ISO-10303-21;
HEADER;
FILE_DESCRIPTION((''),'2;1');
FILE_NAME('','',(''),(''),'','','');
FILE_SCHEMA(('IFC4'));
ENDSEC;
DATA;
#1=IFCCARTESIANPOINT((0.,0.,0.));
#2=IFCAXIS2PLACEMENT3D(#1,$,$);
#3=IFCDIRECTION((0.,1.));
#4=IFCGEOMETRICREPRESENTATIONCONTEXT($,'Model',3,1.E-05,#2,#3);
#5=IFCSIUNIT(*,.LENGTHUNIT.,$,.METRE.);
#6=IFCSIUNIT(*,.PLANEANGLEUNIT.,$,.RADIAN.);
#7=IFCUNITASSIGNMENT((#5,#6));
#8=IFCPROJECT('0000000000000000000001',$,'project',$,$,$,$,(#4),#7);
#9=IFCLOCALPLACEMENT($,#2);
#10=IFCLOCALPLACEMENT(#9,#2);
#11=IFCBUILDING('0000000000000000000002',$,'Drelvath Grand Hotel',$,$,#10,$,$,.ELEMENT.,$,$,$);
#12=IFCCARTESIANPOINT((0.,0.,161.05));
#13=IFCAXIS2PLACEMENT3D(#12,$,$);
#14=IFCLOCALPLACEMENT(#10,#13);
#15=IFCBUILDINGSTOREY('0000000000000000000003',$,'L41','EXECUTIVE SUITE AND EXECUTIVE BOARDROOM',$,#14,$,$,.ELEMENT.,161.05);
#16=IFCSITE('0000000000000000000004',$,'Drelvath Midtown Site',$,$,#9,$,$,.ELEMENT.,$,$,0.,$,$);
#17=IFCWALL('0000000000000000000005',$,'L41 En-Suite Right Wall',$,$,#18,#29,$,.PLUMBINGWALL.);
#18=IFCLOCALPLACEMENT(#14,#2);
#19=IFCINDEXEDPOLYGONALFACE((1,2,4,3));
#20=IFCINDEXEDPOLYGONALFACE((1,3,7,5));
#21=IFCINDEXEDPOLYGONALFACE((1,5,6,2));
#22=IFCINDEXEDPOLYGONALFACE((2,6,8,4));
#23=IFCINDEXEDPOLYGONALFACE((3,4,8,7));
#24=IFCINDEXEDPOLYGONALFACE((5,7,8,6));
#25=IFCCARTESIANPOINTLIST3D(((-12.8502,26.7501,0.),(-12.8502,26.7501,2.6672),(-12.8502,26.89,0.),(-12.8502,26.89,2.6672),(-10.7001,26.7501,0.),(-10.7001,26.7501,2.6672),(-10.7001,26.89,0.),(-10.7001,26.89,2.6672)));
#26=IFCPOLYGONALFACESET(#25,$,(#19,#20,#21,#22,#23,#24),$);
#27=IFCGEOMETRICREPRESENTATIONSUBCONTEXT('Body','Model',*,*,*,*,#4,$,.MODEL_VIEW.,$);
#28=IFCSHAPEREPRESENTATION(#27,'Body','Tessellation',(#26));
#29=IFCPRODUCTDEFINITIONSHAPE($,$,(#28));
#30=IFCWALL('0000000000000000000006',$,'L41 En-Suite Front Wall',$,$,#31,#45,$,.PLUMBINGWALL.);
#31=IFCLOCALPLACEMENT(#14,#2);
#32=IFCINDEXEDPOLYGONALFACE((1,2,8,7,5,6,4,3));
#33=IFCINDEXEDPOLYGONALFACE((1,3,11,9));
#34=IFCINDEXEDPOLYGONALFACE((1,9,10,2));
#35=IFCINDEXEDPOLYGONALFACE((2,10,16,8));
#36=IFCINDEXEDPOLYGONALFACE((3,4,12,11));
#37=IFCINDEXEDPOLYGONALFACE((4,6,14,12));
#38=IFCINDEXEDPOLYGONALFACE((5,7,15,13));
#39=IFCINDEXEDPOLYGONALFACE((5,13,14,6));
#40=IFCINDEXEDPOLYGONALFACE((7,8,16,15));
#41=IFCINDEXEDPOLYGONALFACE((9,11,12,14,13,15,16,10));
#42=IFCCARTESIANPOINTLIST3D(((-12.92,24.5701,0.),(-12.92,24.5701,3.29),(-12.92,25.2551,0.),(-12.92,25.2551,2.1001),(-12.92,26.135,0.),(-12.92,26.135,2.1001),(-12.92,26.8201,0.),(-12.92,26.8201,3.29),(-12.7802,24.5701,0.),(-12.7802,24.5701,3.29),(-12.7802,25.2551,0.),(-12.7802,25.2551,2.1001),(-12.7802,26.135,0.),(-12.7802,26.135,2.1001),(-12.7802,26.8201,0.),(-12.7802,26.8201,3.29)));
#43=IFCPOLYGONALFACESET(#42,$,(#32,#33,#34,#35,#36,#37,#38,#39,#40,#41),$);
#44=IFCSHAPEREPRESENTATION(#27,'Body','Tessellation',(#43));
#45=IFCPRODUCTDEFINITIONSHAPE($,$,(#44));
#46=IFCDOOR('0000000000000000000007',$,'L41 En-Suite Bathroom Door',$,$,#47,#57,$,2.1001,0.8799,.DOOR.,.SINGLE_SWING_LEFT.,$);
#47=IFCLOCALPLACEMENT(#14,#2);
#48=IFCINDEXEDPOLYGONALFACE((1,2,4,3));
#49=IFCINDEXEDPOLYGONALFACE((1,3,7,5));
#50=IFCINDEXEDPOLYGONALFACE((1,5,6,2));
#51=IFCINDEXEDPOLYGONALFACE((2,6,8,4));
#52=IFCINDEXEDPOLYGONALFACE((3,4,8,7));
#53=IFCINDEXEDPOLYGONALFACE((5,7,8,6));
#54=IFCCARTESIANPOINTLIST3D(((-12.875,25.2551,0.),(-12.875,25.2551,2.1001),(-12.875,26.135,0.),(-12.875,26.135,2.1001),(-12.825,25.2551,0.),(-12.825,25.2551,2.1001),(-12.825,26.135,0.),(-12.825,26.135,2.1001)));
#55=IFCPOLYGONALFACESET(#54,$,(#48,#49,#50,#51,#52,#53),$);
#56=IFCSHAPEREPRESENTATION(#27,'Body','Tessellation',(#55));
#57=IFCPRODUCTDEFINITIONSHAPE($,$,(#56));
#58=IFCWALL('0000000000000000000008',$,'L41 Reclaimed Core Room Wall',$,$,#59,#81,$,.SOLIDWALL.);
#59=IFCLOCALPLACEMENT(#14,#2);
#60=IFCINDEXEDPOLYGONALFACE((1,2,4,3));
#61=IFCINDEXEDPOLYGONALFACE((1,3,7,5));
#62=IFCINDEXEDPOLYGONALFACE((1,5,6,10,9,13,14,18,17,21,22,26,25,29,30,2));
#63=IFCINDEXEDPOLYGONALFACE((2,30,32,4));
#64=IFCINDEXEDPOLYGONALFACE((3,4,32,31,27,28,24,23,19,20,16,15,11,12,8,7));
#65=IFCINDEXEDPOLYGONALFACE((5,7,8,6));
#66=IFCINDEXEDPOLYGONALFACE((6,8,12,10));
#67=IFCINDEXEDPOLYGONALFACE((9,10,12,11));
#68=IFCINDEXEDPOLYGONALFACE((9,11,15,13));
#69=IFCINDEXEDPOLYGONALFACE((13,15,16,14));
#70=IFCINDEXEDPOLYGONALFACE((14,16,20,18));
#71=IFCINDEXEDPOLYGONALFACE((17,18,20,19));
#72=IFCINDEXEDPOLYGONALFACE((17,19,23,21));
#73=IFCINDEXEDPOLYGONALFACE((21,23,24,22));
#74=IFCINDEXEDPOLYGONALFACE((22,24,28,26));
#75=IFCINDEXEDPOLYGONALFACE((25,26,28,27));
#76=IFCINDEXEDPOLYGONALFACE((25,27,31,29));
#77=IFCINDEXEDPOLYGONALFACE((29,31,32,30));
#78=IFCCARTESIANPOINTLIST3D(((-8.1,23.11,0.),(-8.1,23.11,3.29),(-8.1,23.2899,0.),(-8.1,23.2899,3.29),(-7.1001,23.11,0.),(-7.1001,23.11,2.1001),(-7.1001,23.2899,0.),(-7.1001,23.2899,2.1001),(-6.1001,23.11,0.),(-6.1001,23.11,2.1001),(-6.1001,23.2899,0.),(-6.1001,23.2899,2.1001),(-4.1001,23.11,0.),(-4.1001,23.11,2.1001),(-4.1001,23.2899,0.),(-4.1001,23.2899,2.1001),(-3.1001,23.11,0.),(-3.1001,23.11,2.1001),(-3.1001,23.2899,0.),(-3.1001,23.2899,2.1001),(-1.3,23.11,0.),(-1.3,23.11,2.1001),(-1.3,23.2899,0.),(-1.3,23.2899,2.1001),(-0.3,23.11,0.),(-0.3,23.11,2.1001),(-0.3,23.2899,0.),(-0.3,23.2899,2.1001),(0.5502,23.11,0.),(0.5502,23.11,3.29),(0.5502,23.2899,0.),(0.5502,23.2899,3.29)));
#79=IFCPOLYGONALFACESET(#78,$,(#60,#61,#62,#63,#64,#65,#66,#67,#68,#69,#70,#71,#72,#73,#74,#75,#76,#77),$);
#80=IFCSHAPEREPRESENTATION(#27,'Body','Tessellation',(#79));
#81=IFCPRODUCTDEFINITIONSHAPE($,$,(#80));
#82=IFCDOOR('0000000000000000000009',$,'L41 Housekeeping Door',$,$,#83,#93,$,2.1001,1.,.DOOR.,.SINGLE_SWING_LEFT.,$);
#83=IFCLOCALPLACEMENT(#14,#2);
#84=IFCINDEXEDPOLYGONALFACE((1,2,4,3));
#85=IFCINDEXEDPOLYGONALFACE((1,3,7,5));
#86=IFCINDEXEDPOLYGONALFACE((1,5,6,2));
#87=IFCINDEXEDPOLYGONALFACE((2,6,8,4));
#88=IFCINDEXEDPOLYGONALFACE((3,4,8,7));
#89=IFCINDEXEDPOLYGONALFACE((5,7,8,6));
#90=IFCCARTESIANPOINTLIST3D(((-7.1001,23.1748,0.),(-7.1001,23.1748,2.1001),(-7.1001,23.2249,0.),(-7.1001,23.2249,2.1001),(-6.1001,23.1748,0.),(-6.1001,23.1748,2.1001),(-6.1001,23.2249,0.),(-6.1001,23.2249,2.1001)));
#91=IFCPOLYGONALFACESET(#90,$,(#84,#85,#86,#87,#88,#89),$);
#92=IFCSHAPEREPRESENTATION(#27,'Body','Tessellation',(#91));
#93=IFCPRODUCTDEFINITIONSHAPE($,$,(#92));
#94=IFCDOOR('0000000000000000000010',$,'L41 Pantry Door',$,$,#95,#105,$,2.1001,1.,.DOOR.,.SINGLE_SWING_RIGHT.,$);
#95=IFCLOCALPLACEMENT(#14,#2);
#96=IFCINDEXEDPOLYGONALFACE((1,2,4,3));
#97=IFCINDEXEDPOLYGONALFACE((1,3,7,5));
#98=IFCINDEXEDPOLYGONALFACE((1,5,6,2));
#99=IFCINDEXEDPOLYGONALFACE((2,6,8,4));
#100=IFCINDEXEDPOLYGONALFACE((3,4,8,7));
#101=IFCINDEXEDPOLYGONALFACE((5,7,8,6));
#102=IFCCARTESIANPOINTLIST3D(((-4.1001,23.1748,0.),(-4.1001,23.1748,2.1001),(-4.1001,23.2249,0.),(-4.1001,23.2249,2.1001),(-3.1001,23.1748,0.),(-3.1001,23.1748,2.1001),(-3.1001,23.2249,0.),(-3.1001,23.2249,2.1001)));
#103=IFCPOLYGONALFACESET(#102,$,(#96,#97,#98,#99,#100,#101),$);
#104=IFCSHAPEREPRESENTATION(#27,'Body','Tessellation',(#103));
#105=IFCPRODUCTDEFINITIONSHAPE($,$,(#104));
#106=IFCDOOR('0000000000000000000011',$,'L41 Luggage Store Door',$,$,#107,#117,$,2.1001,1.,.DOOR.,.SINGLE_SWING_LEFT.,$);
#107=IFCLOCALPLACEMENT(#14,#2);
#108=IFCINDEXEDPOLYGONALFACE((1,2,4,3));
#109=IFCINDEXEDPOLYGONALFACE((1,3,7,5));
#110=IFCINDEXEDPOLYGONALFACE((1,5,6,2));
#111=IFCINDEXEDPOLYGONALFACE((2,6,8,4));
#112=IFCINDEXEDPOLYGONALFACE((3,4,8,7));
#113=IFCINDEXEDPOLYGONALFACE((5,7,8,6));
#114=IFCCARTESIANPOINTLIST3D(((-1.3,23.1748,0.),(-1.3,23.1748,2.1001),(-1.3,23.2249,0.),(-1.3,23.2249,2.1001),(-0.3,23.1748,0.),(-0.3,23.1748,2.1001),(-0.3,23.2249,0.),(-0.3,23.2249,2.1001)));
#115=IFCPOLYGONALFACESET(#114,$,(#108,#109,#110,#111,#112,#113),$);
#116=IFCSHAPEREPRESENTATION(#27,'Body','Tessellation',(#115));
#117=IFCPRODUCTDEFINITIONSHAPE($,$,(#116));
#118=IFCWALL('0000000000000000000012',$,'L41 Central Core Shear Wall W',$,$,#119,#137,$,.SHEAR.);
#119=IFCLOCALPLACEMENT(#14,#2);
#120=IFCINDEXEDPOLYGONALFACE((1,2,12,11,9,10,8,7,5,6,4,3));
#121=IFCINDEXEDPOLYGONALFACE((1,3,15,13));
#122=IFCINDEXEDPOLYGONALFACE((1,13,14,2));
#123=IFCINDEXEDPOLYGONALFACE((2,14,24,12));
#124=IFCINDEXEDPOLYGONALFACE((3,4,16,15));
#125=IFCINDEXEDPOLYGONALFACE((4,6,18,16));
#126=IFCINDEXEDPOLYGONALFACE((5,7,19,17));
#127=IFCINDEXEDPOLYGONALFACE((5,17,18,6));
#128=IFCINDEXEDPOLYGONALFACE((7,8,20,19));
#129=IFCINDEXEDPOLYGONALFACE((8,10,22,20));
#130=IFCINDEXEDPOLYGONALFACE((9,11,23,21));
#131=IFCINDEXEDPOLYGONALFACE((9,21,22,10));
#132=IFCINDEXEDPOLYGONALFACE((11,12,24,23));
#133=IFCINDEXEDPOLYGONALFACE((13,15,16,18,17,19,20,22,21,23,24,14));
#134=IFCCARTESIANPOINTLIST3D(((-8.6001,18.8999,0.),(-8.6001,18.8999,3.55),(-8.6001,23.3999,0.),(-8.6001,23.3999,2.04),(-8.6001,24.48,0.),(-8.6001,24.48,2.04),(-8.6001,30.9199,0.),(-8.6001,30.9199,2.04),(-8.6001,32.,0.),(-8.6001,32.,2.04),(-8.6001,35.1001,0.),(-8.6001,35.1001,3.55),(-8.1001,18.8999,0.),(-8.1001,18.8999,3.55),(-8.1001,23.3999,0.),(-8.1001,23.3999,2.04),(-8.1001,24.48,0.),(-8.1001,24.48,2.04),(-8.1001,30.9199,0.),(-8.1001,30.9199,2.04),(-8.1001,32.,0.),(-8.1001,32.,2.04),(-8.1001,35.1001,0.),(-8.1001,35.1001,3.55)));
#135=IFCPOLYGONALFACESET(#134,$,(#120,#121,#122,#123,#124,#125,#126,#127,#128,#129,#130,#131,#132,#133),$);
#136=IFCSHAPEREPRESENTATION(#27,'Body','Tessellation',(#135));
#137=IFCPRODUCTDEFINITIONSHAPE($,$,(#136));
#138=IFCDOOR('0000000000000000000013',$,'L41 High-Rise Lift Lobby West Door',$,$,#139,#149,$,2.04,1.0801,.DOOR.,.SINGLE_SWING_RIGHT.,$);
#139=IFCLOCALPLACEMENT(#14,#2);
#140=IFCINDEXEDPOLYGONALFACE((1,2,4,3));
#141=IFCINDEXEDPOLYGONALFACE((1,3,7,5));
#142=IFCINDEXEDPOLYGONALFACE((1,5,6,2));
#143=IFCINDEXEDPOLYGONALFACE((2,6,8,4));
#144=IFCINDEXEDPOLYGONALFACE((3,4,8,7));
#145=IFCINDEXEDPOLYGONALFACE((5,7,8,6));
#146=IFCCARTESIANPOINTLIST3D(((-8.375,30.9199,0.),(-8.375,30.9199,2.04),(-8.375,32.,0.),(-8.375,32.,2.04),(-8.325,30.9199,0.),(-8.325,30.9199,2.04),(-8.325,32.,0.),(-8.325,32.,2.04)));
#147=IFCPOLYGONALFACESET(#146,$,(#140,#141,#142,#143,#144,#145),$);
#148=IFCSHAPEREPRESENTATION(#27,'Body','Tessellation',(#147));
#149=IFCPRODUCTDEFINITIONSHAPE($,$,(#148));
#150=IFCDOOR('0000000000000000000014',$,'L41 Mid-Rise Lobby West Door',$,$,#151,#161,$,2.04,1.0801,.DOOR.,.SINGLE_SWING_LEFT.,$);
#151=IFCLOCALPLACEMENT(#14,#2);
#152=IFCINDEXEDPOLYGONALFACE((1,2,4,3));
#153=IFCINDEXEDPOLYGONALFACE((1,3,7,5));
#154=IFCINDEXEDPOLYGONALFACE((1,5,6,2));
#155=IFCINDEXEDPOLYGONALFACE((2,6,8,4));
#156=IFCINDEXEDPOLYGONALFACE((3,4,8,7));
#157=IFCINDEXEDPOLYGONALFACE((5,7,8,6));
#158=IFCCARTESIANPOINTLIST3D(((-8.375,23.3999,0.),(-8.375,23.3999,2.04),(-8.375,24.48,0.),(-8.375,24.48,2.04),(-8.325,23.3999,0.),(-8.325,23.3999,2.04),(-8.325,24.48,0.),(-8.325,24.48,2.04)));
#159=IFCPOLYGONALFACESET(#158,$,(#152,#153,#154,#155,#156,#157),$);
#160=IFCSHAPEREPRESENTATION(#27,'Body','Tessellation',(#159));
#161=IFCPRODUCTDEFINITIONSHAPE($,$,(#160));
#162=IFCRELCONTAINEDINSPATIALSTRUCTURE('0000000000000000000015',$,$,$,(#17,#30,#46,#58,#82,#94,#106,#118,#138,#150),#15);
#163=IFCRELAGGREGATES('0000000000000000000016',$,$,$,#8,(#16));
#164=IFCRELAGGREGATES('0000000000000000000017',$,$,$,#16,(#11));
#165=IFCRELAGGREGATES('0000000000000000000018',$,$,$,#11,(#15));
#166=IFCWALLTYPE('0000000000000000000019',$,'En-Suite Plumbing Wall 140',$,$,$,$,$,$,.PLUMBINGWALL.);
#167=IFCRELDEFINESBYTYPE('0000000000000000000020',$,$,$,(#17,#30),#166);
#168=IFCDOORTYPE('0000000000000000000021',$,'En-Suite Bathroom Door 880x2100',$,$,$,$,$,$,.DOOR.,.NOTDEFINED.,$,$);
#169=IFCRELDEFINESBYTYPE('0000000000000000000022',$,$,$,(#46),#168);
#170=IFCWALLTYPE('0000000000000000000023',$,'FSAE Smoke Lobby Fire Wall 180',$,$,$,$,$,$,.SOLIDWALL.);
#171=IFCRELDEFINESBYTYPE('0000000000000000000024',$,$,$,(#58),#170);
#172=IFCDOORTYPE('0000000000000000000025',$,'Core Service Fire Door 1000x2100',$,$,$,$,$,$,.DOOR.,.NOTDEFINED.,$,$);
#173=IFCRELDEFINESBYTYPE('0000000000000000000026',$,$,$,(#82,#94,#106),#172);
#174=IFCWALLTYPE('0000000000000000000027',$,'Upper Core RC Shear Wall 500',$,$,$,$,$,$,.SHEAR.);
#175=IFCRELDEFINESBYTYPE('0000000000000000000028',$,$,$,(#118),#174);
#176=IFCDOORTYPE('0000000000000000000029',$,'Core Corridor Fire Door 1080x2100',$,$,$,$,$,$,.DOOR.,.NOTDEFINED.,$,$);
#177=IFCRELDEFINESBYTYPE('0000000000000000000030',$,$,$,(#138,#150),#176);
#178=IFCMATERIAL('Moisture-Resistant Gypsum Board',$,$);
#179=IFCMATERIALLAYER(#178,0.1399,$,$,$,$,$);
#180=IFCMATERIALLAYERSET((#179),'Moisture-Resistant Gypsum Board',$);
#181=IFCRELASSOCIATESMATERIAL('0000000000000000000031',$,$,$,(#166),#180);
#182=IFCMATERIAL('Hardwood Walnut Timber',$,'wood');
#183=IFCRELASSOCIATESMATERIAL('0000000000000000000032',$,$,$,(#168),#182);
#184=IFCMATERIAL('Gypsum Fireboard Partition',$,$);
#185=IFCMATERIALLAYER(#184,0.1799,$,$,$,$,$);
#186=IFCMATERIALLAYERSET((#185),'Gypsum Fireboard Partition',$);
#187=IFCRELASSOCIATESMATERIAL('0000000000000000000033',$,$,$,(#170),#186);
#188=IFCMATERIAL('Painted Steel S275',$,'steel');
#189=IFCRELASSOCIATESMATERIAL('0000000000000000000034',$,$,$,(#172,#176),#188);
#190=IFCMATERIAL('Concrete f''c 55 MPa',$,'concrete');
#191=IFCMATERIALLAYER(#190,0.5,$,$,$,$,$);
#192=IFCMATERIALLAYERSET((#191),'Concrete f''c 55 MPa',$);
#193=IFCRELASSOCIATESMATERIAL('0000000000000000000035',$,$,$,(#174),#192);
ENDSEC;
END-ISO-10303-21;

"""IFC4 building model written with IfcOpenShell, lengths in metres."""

from ifc_helpers import new_model, si_unit, direction, frame, frame_2d, origin, place, context, subcontext, project, spatial, rectangle, extrude, material, layer, layer_set, type_object, element, fill, save


model = new_model("IFC4")

# Units and contexts
model_context = context("Model", 3, precision=1e-05, world=origin(), true_north=direction((0.0, 1.0)))
body_context = subcontext(model_context, "Body", "Model", "MODEL_VIEW")
ifc_project = project(units=[si_unit("LENGTHUNIT", "METRE"), si_unit("PLANEANGLEUNIT", "RADIAN")], contexts=[model_context])

# Site, building, storey
site_placement = place(None, origin())
site = spatial("IfcSite", under=ifc_project, at=site_placement, Name="Drelvath Midtown Site", CompositionType="ELEMENT", RefElevation=0.0)
building_placement = place(site_placement, origin())
building = spatial("IfcBuilding", under=site, at=building_placement, Name="Drelvath Grand Hotel", CompositionType="ELEMENT")
storey_placement = place(building_placement, frame((0.0, 0.0, 161.05)))
storey = spatial("IfcBuildingStorey", under=building, at=storey_placement, Name="L41", Description="EXECUTIVE SUITE AND EXECUTIVE BOARDROOM", CompositionType="ELEMENT", Elevation=161.05)

# Shared definitions
ifc_material_1 = material(Name="Concrete f'c 55 MPa", Category="concrete")

# Shared definitions
ifc_material_2 = material(Name="Gypsum Fireboard Partition")
ifc_material_3 = material(Name="Painted Steel S275", Category="steel")

# Shared definitions
ifc_material_4 = material(Name="Hardwood Walnut Timber", Category="wood")

# Wall
ifc_material_5 = material(Name="Moisture-Resistant Gypsum Board")
ifc_layer_1 = layer(ifc_material_5, 0.1399)
ifc_layer_set_1 = layer_set([ifc_layer_1], Name="Moisture-Resistant Gypsum Board")
wall_type_1 = type_object("IfcWallType", Name="En-Suite Plumbing Wall 140", PredefinedType="PLUMBINGWALL", material=ifc_layer_set_1)
wall_1_placement = place(storey_placement, frame((-10.7, 26.8201, 0.0), z_axis=(0.0, 0.0, 1.0), x_axis=(-1.0, 0.0, 0.0)))
element("IfcWall", 1, at=wall_1_placement, inside=storey, type_object=wall_type_1, Name="L41 En-Suite Right Wall", PredefinedType="PLUMBINGWALL", context=body_context, shape_type="SweptSolid", body=[
    extrude(rectangle(XDim=2.1501, YDim=0.1399, at=frame_2d((1.0752, 0.0))), origin(), (0.0, 0.0, 1.0), 2.6672),
])

# Wall, opening, door
wall_2_placement = place(storey_placement, frame((-12.8501, 24.5701, 0.0), z_axis=(0.0, 0.0, 1.0), x_axis=(0.0, 1.0, 0.0)))
wall_2 = element("IfcWall", 2, at=wall_2_placement, inside=storey, type_object=wall_type_1, Name="L41 En-Suite Front Wall", PredefinedType="PLUMBINGWALL", context=body_context, shape_type="SweptSolid", body=[
    extrude(rectangle(XDim=2.25, YDim=0.1399, at=frame_2d((1.125, 0.0))), origin(), (0.0, 0.0, 1.0), 3.29),
])
opening_1_placement = place(wall_2_placement, frame((0.6851, 0.0, 0.0)))
opening_1 = element("IfcOpeningElement", 3, at=opening_1_placement, cuts=wall_2, PredefinedType="OPENING", context=body_context, shape_type="SweptSolid", body=[
    extrude(rectangle(XDim=0.8799, YDim=2.1001, at=frame_2d((0.4399, 1.05))), frame((0.0, 0.0798, 0.0), z_axis=(0.0, -1.0, 0.0), x_axis=(1.0, 0.0, 0.0)), (0.0, 0.0, 1.0), 0.1599),
])
door_type_1 = type_object("IfcDoorType", Name="En-Suite Bathroom Door 880x2100", OperationType="NOTDEFINED", PredefinedType="DOOR", material=ifc_material_4)
door_1_placement = place(opening_1_placement, origin())
door_1 = element("IfcDoor", 4, at=door_1_placement, inside=storey, type_object=door_type_1, Name="L41 En-Suite Bathroom Door", OperationType="SINGLE_SWING_LEFT", OverallHeight=2.1001, OverallWidth=0.8799, PredefinedType="DOOR", context=body_context, shape_type="SweptSolid", body=[
    extrude(rectangle(XDim=0.8799, YDim=2.1001, at=frame_2d((0.4399, 1.05))), frame((0.0, 0.0249, 0.0), z_axis=(0.0, -1.0, 0.0), x_axis=(1.0, 0.0, 0.0)), (0.0, 0.0, 1.0), 0.05),
])
fill(opening_1, door_1)

# Walls, openings, doors
ifc_layer_2 = layer(ifc_material_2, 0.1799)
ifc_layer_set_2 = layer_set([ifc_layer_2], Name="Gypsum Fireboard Partition")
wall_type_2 = type_object("IfcWallType", Name="FSAE Smoke Lobby Fire Wall 180", PredefinedType="SOLIDWALL", material=ifc_layer_set_2)
wall_3_placement = place(storey_placement, frame((-8.1001, 23.2, 0.0), z_axis=(0.0, 0.0, 1.0), x_axis=(1.0, 0.0, 0.0)))
wall_3 = element("IfcWall", 5, at=wall_3_placement, inside=storey, type_object=wall_type_2, Name="L41 Reclaimed Core Room Wall", PredefinedType="SOLIDWALL", context=body_context, shape_type="SweptSolid", body=[
    extrude(rectangle(XDim=8.6501, YDim=0.1799, at=frame_2d((4.3252, 0.0))), origin(), (0.0, 0.0, 1.0), 3.29),
])
opening_2_placement = place(wall_3_placement, frame((1.0, 0.0, 0.0)))
opening_2 = element("IfcOpeningElement", 6, at=opening_2_placement, cuts=wall_3, PredefinedType="OPENING", context=body_context, shape_type="SweptSolid", body=[
    extrude(rectangle(XDim=1.0, YDim=2.1001, at=frame_2d((0.5, 1.05))), frame((0.0, 0.0999, 0.0), z_axis=(0.0, -1.0, 0.0), x_axis=(1.0, 0.0, 0.0)), (0.0, 0.0, 1.0), 0.2),
])
opening_3_placement = place(wall_3_placement, frame((4.0, 0.0, 0.0)))
opening_3 = element("IfcOpeningElement", 7, at=opening_3_placement, cuts=wall_3, PredefinedType="OPENING", context=body_context, shape_type="SweptSolid", body=[
    extrude(rectangle(XDim=1.0, YDim=2.1001, at=frame_2d((0.5, 1.05))), frame((0.0, 0.0999, 0.0), z_axis=(0.0, -1.0, 0.0), x_axis=(1.0, 0.0, 0.0)), (0.0, 0.0, 1.0), 0.2),
])
opening_4_placement = place(wall_3_placement, frame((6.8, 0.0, 0.0)))
opening_4 = element("IfcOpeningElement", 8, at=opening_4_placement, cuts=wall_3, PredefinedType="OPENING", context=body_context, shape_type="SweptSolid", body=[
    extrude(rectangle(XDim=1.0, YDim=2.1001, at=frame_2d((0.5, 1.05))), frame((0.0, 0.0999, 0.0), z_axis=(0.0, -1.0, 0.0), x_axis=(1.0, 0.0, 0.0)), (0.0, 0.0, 1.0), 0.2),
])
door_type_2 = type_object("IfcDoorType", Name="Core Service Fire Door 1000x2100", OperationType="NOTDEFINED", PredefinedType="DOOR", material=ifc_material_3)
door_2_placement = place(opening_2_placement, origin())
door_2 = element("IfcDoor", 9, at=door_2_placement, inside=storey, type_object=door_type_2, Name="L41 Housekeeping Door", OperationType="SINGLE_SWING_LEFT", OverallHeight=2.1001, OverallWidth=1.0, PredefinedType="DOOR", context=body_context, shape_type="SweptSolid", body=[
    extrude(rectangle(XDim=1.0, YDim=2.1001, at=frame_2d((0.5, 1.05))), frame((0.0, 0.0249, 0.0), z_axis=(0.0, -1.0, 0.0), x_axis=(1.0, 0.0, 0.0)), (0.0, 0.0, 1.0), 0.05),
])
fill(opening_2, door_2)
door_3_placement = place(opening_3_placement, origin())
door_3 = element("IfcDoor", 10, at=door_3_placement, inside=storey, type_object=door_type_2, Name="L41 Pantry Door", OperationType="SINGLE_SWING_RIGHT", OverallHeight=2.1001, OverallWidth=1.0, PredefinedType="DOOR", context=body_context, shape_type="SweptSolid", body=[
    extrude(rectangle(XDim=1.0, YDim=2.1001, at=frame_2d((0.5, 1.05))), frame((0.0, 0.0249, 0.0), z_axis=(0.0, -1.0, 0.0), x_axis=(1.0, 0.0, 0.0)), (0.0, 0.0, 1.0), 0.05),
])
fill(opening_3, door_3)
door_4_placement = place(opening_4_placement, origin())
door_4 = element("IfcDoor", 11, at=door_4_placement, inside=storey, type_object=door_type_2, Name="L41 Luggage Store Door", OperationType="SINGLE_SWING_LEFT", OverallHeight=2.1001, OverallWidth=1.0, PredefinedType="DOOR", context=body_context, shape_type="SweptSolid", body=[
    extrude(rectangle(XDim=1.0, YDim=2.1001, at=frame_2d((0.5, 1.05))), frame((0.0, 0.0249, 0.0), z_axis=(0.0, -1.0, 0.0), x_axis=(1.0, 0.0, 0.0)), (0.0, 0.0, 1.0), 0.05),
])
fill(opening_4, door_4)
ifc_layer_3 = layer(ifc_material_1, 0.5)
ifc_layer_set_3 = layer_set([ifc_layer_3], Name="Concrete f'c 55 MPa")
wall_type_3 = type_object("IfcWallType", Name="Upper Core RC Shear Wall 500", PredefinedType="SHEAR", material=ifc_layer_set_3)
wall_4_placement = place(storey_placement, frame((-8.3501, 18.8999, 0.0), z_axis=(0.0, 0.0, 1.0), x_axis=(0.0, 1.0, 0.0)))
wall_4 = element("IfcWall", 12, at=wall_4_placement, inside=storey, type_object=wall_type_3, Name="L41 Central Core Shear Wall W", PredefinedType="SHEAR", context=body_context, shape_type="SweptSolid", body=[
    extrude(rectangle(XDim=16.2002, YDim=0.5, at=frame_2d((8.1001, 0.0))), origin(), (0.0, 0.0, 1.0), 3.55),
])
opening_5_placement = place(wall_4_placement, frame((12.02, 0.0, 0.0)))
opening_5 = element("IfcOpeningElement", 13, at=opening_5_placement, cuts=wall_4, PredefinedType="OPENING", context=body_context, shape_type="SweptSolid", body=[
    extrude(rectangle(XDim=1.0801, YDim=2.04, at=frame_2d((0.54, 1.02))), frame((0.0, 0.26, 0.0), z_axis=(0.0, -1.0, 0.0), x_axis=(1.0, 0.0, 0.0)), (0.0, 0.0, 1.0), 0.52),
])
opening_6_placement = place(wall_4_placement, frame((4.5, 0.0, 0.0)))
opening_6 = element("IfcOpeningElement", 14, at=opening_6_placement, cuts=wall_4, PredefinedType="OPENING", context=body_context, shape_type="SweptSolid", body=[
    extrude(rectangle(XDim=1.0801, YDim=2.04, at=frame_2d((0.54, 1.02))), frame((0.0, 0.26, 0.0), z_axis=(0.0, -1.0, 0.0), x_axis=(1.0, 0.0, 0.0)), (0.0, 0.0, 1.0), 0.52),
])
door_type_3 = type_object("IfcDoorType", Name="Core Corridor Fire Door 1080x2100", OperationType="NOTDEFINED", PredefinedType="DOOR", material=ifc_material_3)
door_5_placement = place(opening_5_placement, origin())
door_5 = element("IfcDoor", 15, at=door_5_placement, inside=storey, type_object=door_type_3, Name="L41 High-Rise Lift Lobby West Door", OperationType="SINGLE_SWING_RIGHT", OverallHeight=2.04, OverallWidth=1.0801, PredefinedType="DOOR", context=body_context, shape_type="SweptSolid", body=[
    extrude(rectangle(XDim=1.0801, YDim=2.04, at=frame_2d((0.54, 1.02))), frame((0.0, 0.0249, 0.0), z_axis=(0.0, -1.0, 0.0), x_axis=(1.0, 0.0, 0.0)), (0.0, 0.0, 1.0), 0.05),
])
fill(opening_5, door_5)
door_6_placement = place(opening_6_placement, origin())
door_6 = element("IfcDoor", 16, at=door_6_placement, inside=storey, type_object=door_type_3, Name="L41 Mid-Rise Lobby West Door", OperationType="SINGLE_SWING_LEFT", OverallHeight=2.04, OverallWidth=1.0801, PredefinedType="DOOR", context=body_context, shape_type="SweptSolid", body=[
    extrude(rectangle(XDim=1.0801, YDim=2.04, at=frame_2d((0.54, 1.02))), frame((0.0, 0.0249, 0.0), z_axis=(0.0, -1.0, 0.0), x_axis=(1.0, 0.0, 0.0)), (0.0, 0.0, 1.0), 0.05),
])
fill(opening_6, door_6)

save(model, "model.ifc")
